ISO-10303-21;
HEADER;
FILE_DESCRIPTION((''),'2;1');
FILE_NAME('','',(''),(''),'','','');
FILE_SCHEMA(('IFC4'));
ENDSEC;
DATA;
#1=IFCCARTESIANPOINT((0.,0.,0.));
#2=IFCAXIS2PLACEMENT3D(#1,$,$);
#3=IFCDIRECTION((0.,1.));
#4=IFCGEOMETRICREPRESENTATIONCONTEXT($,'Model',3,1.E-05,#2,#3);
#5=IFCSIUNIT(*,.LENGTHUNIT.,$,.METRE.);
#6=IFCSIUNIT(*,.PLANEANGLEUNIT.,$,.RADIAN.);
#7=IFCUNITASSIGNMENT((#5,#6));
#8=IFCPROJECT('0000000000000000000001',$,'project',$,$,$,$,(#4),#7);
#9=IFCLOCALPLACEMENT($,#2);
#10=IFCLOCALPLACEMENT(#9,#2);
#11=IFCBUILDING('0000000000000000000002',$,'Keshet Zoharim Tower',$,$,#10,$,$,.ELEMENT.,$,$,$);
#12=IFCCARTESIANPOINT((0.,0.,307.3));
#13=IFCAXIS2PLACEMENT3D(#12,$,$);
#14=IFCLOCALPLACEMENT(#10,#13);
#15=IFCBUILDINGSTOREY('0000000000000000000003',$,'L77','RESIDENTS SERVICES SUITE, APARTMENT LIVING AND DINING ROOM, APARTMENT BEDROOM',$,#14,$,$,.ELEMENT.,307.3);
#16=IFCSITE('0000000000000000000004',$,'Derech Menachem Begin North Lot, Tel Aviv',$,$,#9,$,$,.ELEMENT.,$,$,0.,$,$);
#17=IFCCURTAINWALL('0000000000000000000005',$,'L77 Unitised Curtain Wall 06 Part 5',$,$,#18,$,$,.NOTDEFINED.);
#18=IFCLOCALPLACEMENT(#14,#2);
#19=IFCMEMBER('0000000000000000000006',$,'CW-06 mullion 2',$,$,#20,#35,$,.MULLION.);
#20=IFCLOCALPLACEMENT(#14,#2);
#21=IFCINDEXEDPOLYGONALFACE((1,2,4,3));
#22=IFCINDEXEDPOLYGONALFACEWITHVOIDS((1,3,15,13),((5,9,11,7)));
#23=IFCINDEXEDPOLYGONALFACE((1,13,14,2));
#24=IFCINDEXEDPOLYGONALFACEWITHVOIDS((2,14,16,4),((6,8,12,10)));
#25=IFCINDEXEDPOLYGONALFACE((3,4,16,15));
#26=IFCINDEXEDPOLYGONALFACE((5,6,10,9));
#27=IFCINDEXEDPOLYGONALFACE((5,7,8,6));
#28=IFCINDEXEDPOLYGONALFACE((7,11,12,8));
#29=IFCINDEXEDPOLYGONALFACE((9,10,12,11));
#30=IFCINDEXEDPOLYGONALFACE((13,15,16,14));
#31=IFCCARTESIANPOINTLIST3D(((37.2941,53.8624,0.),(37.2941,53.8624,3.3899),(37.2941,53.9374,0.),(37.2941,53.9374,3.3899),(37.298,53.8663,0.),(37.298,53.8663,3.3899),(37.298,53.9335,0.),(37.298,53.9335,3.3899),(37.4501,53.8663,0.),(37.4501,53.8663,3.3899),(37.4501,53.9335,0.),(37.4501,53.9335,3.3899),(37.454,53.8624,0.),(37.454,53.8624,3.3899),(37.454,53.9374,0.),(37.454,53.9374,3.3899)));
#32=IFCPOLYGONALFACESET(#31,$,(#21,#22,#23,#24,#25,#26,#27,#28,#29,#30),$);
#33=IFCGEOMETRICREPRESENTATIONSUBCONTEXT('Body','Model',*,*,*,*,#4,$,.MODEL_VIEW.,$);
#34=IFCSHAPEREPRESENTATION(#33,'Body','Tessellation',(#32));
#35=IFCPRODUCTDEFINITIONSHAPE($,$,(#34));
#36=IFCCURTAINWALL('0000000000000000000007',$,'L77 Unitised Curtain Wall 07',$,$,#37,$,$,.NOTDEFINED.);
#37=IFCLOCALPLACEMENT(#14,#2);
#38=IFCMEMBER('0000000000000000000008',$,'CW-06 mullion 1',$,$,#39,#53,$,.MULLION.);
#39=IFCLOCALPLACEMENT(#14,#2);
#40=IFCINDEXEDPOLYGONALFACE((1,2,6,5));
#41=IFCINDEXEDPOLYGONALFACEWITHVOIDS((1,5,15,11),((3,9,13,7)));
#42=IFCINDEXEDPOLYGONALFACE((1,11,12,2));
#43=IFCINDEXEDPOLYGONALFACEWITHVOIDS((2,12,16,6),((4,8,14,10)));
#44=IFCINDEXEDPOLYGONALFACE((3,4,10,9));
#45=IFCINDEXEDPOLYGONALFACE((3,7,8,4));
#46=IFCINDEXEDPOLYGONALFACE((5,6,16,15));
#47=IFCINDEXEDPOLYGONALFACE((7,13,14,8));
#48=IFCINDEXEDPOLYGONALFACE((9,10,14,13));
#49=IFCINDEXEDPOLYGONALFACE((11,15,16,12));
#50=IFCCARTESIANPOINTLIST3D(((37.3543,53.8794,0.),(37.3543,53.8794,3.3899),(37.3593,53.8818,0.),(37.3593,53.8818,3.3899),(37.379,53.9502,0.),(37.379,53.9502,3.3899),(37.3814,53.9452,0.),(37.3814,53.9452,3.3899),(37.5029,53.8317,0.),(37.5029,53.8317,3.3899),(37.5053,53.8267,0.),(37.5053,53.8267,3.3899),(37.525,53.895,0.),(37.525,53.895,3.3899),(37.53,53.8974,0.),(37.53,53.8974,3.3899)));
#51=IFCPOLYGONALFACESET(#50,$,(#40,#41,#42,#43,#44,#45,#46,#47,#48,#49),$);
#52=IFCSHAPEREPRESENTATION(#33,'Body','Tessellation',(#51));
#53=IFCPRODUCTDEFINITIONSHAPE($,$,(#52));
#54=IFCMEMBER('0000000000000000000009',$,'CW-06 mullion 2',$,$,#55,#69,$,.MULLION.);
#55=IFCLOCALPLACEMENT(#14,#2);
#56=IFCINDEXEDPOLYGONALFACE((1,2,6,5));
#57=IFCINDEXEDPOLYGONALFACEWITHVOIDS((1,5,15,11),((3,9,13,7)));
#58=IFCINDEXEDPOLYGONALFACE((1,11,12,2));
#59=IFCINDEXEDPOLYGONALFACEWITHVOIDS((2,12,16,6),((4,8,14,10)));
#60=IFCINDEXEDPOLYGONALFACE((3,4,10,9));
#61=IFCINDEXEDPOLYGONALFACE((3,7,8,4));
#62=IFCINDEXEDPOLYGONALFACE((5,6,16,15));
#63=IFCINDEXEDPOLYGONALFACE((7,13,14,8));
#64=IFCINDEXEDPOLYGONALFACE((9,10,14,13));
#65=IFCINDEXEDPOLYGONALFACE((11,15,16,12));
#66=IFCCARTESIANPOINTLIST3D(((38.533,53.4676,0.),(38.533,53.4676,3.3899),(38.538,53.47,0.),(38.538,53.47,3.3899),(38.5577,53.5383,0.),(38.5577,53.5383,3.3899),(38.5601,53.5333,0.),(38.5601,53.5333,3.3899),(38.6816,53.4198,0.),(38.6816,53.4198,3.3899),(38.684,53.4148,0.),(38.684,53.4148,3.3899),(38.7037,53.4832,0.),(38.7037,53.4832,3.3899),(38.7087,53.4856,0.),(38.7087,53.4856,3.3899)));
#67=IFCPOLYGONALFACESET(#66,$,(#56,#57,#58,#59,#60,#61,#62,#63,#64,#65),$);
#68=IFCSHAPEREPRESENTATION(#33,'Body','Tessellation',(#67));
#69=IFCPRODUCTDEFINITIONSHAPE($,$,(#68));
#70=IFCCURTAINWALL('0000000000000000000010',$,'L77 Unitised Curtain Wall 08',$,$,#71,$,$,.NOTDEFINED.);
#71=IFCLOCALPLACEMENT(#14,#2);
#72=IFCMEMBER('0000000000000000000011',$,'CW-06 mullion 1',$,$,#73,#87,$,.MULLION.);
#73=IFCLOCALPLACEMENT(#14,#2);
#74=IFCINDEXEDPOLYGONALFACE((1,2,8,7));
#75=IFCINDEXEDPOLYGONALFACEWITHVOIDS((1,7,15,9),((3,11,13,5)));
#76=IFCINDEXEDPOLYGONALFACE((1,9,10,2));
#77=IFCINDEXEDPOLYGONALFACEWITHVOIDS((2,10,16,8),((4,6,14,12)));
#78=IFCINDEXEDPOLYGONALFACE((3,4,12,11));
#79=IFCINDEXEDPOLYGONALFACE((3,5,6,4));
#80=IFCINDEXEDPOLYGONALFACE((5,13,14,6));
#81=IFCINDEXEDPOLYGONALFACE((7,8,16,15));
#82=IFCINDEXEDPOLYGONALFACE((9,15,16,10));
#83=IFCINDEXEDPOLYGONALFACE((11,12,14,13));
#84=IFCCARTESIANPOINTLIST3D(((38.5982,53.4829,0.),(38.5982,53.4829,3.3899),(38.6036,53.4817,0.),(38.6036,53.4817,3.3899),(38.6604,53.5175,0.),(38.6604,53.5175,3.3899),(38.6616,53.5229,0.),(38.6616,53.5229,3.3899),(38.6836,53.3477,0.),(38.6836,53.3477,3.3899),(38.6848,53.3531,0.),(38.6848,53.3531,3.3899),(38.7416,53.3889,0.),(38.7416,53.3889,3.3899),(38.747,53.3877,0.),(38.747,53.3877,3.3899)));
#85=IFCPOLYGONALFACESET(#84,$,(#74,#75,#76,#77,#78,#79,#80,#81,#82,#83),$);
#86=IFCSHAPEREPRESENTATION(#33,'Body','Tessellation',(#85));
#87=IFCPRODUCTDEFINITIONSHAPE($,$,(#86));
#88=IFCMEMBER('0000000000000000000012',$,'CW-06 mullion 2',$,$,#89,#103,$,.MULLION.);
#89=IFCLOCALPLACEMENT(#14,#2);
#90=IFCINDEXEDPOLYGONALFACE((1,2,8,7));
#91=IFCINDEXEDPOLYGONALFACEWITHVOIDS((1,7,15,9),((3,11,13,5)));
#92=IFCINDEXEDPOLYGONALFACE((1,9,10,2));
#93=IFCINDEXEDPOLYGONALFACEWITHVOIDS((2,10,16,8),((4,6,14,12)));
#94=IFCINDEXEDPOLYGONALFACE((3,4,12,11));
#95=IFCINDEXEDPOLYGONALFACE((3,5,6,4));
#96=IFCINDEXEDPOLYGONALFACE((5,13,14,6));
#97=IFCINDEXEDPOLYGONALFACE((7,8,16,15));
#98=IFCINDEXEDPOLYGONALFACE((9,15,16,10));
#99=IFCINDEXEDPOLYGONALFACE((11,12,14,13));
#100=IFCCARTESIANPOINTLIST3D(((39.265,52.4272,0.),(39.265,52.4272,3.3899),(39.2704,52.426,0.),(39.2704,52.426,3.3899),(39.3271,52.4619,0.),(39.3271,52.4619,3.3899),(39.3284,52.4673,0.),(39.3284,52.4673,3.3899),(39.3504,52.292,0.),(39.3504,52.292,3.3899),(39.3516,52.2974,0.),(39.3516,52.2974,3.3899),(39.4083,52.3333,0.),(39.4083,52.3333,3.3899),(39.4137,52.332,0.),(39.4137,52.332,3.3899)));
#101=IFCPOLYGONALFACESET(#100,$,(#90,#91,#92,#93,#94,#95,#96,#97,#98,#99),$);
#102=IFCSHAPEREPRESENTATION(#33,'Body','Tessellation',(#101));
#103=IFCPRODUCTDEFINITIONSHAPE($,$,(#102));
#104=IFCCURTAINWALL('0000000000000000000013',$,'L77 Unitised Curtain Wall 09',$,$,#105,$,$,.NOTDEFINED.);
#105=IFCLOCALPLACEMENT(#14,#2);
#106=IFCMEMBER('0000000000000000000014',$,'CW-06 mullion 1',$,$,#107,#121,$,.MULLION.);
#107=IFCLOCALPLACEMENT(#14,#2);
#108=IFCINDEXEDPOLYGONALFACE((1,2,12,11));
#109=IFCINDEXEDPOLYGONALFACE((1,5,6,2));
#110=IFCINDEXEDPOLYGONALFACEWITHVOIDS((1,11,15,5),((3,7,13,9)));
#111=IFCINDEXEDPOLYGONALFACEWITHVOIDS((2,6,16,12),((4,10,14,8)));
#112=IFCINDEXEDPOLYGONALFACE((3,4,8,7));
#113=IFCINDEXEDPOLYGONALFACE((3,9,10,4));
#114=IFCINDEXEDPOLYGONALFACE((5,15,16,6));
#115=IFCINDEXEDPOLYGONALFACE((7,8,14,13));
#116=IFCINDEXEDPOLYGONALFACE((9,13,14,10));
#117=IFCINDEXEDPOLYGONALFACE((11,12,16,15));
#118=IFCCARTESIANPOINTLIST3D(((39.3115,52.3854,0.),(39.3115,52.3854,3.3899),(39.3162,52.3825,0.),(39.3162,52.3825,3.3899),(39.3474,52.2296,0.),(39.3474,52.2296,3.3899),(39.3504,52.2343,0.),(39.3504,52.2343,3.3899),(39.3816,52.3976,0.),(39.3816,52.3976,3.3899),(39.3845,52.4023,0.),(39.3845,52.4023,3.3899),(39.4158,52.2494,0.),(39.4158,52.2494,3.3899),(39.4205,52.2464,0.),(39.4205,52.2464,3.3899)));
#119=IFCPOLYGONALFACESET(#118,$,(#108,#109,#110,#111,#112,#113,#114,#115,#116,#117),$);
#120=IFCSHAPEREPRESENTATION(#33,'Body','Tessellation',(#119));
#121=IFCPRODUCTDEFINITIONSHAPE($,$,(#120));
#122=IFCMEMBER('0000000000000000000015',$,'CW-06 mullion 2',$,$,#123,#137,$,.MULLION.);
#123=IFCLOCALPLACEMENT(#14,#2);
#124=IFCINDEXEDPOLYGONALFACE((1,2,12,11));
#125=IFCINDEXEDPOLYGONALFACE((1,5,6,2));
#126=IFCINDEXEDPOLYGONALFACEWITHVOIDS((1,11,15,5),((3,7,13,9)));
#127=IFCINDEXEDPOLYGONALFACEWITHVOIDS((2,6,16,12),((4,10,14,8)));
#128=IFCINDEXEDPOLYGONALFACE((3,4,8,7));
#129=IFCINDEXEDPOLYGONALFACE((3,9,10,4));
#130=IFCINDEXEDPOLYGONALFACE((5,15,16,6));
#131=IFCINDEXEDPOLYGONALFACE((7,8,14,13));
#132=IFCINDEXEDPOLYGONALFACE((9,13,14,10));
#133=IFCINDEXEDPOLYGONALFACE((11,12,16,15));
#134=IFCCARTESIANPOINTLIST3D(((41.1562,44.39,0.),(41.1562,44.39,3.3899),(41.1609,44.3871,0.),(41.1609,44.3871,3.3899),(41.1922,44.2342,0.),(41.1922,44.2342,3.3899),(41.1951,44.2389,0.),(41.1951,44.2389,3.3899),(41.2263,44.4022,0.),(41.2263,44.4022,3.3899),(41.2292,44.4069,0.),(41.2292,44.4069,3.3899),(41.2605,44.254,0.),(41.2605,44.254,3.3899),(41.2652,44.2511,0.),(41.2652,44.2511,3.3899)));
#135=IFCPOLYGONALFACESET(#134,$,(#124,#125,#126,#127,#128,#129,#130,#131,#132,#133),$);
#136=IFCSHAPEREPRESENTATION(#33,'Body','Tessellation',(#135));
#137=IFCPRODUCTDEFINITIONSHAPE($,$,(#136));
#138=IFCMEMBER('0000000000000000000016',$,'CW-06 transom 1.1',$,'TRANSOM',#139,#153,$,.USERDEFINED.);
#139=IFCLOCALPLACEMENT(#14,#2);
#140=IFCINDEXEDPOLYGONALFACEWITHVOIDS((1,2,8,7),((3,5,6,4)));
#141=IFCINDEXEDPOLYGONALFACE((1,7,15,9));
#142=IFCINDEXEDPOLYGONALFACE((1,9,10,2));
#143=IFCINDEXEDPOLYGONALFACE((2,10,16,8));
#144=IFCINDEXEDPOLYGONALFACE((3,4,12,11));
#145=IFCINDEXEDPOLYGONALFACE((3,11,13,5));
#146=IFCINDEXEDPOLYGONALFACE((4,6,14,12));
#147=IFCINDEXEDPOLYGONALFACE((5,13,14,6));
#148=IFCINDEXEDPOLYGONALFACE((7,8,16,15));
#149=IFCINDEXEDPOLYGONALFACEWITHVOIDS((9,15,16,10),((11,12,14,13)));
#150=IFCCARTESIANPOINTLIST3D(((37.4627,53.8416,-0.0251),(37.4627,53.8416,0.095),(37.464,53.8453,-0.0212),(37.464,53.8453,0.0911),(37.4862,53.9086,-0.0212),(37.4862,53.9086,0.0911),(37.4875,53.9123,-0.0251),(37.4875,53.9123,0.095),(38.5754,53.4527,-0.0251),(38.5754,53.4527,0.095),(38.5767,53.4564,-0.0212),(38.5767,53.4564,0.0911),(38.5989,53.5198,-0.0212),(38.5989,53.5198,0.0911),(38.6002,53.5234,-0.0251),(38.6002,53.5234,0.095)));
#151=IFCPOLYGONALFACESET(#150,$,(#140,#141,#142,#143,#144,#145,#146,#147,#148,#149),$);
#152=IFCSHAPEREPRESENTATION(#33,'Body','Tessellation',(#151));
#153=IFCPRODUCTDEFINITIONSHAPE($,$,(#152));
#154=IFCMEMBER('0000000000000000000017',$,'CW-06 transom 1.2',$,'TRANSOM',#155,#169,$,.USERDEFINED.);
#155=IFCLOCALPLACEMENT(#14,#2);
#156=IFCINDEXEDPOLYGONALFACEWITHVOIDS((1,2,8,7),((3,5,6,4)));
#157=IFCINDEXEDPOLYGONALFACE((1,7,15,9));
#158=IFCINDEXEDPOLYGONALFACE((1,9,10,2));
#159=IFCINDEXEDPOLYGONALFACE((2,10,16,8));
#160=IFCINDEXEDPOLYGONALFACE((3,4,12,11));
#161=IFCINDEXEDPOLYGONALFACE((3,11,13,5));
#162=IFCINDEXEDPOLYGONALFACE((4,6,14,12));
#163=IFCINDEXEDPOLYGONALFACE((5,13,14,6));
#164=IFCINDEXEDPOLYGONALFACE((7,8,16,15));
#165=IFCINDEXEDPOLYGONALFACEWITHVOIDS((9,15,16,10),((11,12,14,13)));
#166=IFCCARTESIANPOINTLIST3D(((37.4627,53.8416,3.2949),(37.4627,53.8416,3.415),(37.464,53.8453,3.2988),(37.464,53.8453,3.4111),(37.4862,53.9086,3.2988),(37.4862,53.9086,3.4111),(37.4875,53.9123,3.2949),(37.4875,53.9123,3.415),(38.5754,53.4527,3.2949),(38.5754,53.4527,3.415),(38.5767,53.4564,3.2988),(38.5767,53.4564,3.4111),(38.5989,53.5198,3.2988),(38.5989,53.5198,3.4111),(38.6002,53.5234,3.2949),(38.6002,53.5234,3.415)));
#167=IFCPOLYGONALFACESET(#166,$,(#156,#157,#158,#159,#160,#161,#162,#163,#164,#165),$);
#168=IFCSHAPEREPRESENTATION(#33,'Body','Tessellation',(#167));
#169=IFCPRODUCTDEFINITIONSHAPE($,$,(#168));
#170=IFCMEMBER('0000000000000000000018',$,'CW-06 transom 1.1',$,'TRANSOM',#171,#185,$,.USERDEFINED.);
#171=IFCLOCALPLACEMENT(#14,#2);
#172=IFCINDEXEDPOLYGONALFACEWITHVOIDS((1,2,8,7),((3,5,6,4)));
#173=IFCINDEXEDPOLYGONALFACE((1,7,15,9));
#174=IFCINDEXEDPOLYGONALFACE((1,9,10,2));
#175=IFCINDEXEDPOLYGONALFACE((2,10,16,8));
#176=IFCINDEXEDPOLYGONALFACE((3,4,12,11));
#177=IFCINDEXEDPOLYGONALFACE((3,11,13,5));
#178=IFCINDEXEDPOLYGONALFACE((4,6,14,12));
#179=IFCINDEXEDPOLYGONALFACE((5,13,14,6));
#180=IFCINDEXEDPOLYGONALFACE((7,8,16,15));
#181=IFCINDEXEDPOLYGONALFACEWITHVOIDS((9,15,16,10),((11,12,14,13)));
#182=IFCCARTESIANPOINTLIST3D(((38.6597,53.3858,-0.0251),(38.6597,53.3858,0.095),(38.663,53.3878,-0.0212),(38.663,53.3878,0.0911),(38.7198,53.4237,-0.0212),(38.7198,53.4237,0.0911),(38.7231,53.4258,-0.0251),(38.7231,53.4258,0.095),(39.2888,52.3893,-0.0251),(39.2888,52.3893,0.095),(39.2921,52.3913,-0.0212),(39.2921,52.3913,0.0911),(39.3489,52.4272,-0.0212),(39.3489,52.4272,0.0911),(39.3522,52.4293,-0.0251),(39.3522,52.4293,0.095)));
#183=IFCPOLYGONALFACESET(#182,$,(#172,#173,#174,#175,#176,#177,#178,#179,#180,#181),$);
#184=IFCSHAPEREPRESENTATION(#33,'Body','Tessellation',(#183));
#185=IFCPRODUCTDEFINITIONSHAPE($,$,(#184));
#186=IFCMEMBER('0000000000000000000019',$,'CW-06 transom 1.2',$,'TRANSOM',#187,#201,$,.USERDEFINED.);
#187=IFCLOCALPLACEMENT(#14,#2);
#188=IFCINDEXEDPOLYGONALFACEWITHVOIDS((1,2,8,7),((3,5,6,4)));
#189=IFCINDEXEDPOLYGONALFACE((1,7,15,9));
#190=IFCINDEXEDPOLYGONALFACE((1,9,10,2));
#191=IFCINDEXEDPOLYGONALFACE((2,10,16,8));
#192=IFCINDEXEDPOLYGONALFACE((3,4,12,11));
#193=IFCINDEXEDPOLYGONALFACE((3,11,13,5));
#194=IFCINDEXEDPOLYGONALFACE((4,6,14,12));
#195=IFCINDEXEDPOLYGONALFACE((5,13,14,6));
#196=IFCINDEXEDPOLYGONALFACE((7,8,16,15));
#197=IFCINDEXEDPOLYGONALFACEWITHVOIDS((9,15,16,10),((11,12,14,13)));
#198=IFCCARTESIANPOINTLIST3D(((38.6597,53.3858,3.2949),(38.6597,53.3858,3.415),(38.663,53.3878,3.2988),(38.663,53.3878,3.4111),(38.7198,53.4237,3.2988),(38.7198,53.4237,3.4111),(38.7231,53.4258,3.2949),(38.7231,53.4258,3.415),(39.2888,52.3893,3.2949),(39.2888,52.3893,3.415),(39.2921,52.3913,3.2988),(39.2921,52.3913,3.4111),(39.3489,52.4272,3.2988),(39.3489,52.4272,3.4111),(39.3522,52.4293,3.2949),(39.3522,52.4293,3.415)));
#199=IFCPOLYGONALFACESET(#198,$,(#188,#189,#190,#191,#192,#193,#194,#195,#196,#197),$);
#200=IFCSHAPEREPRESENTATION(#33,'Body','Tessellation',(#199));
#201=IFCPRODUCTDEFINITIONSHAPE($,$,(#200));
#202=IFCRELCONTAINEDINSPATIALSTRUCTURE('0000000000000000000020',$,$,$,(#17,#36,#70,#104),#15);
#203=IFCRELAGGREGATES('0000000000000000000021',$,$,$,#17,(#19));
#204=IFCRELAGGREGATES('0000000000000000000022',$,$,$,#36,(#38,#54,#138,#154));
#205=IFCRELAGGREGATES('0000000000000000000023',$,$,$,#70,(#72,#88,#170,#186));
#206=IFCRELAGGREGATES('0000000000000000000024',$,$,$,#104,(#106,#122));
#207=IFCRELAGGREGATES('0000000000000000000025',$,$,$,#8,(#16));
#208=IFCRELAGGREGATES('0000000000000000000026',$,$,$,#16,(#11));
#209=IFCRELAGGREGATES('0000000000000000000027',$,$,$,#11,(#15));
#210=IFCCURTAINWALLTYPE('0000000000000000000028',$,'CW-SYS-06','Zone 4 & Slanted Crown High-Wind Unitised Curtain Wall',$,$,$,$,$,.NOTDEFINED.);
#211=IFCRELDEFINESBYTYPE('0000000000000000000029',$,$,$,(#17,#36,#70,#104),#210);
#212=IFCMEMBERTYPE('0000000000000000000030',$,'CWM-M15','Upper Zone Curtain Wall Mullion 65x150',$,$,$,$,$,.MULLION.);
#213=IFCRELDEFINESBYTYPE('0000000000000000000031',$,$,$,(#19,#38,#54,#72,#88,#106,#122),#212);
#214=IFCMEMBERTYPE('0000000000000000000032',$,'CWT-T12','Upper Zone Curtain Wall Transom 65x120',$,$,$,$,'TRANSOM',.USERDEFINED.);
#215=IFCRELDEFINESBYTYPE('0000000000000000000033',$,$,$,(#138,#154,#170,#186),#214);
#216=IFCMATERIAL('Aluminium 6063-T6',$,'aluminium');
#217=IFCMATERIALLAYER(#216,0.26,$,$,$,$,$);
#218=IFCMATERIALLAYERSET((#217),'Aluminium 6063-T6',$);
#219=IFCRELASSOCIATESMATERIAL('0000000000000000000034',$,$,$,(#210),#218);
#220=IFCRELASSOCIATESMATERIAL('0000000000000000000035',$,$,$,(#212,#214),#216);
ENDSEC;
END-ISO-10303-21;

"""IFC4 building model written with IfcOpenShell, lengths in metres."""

from ifc_helpers import new_model, si_unit, direction, frame, origin, origin_2d, place, context, subcontext, project, spatial, hollow_rectangle, extrude, material, layer, layer_set, material_profile, profile_set, type_object, element, aggregate, save


model = new_model("IFC4")

# Units and contexts
model_context = context("Model", 3, precision=1e-05, world=origin(), true_north=direction((0.0, 1.0)))
body_context = subcontext(model_context, "Body", "Model", "MODEL_VIEW")
ifc_project = project(units=[si_unit("LENGTHUNIT", "METRE"), si_unit("PLANEANGLEUNIT", "RADIAN")], contexts=[model_context])

# Site, building, storey
site_placement = place(None, origin())
site = spatial("IfcSite", under=ifc_project, at=site_placement, Name="Derech Menachem Begin North Lot, Tel Aviv", CompositionType="ELEMENT", RefElevation=0.0)
building_placement = place(site_placement, origin())
building = spatial("IfcBuilding", under=site, at=building_placement, Name="Keshet Zoharim Tower", CompositionType="ELEMENT")
storey_placement = place(building_placement, frame((0.0, 0.0, 307.3)))
storey = spatial("IfcBuildingStorey", under=building, at=storey_placement, Name="L77", Description="RESIDENTS SERVICES SUITE, APARTMENT LIVING AND DINING ROOM, APARTMENT BEDROOM", CompositionType="ELEMENT", Elevation=307.3)

# Curtain wall, member
ifc_material_1 = material(Name="Aluminium 6063-T6", Category="aluminium")
ifc_layer_1 = layer(ifc_material_1, 0.26)
ifc_layer_set_1 = layer_set([ifc_layer_1], Name="Aluminium 6063-T6")
curtain_wall_type = type_object("IfcCurtainWallType", Name="CW-SYS-06", Description="Zone 4 & Slanted Crown High-Wind Unitised Curtain Wall", PredefinedType="NOTDEFINED", material=ifc_layer_set_1)
curtain_wall_1_placement = place(storey_placement, origin())
curtain_wall_1 = element("IfcCurtainWall", 1, at=curtain_wall_1_placement, inside=storey, type_object=curtain_wall_type, Name="L77 Unitised Curtain Wall 06 Part 5", PredefinedType="NOTDEFINED")
ifc_material_profile_1 = material_profile(ifc_material_1, hollow_rectangle(XDim=0.075, YDim=0.1599, WallThickness=0.0039, at=origin_2d()), Name="MUL-75x160")
ifc_profile_set_1 = profile_set([ifc_material_profile_1], Name="Aluminium 6063-T6")
member_type_1 = type_object("IfcMemberType", Name="CWM-M15", Description="Upper Zone Curtain Wall Mullion 65x150", PredefinedType="MULLION", material=ifc_profile_set_1)
member_1_placement = place(storey_placement, frame((37.374, 53.8999, 0.0), z_axis=(0.0, 0.0, 1.0), x_axis=(0.0, 1.0, 0.0)))
member_1 = element("IfcMember", 2, at=member_1_placement, type_object=member_type_1, Name="CW-06 mullion 2", PredefinedType="MULLION", context=body_context, shape_type="SweptSolid", body=[
    extrude(hollow_rectangle(XDim=0.075, YDim=0.1599, WallThickness=0.0039, at=origin_2d()), origin(), (0.0, 0.0, 1.0), 3.3899),
])
aggregate(curtain_wall_1, [member_1])

# Curtain walls, members
curtain_wall_2_placement = place(storey_placement, origin())
curtain_wall_2 = element("IfcCurtainWall", 3, at=curtain_wall_2_placement, inside=storey, type_object=curtain_wall_type, Name="L77 Unitised Curtain Wall 07", PredefinedType="NOTDEFINED")
member_2_placement = place(storey_placement, frame((37.4421, 53.8884, 0.0), z_axis=(0.0, 0.0, 1.0), x_axis=(0.329844, 0.944036, 0.0)))
member_2 = element("IfcMember", 4, at=member_2_placement, type_object=member_type_1, Name="CW-06 mullion 1", PredefinedType="MULLION", context=body_context, shape_type="SweptSolid", body=[
    extrude(hollow_rectangle(XDim=0.075, YDim=0.1599, WallThickness=0.0039, at=origin_2d()), origin(), (0.0, 0.0, 1.0), 3.3899),
])
member_3_placement = place(storey_placement, frame((38.6208, 53.4766, 0.0), z_axis=(0.0, 0.0, 1.0), x_axis=(0.329844, 0.944036, 0.0)))
member_3 = element("IfcMember", 5, at=member_3_placement, type_object=member_type_1, Name="CW-06 mullion 2", PredefinedType="MULLION", context=body_context, shape_type="SweptSolid", body=[
    extrude(hollow_rectangle(XDim=0.075, YDim=0.1599, WallThickness=0.0039, at=origin_2d()), origin(), (0.0, 0.0, 1.0), 3.3899),
])
curtain_wall_3_placement = place(storey_placement, origin())
curtain_wall_3 = element("IfcCurtainWall", 6, at=curtain_wall_3_placement, inside=storey, type_object=curtain_wall_type, Name="L77 Unitised Curtain Wall 08", PredefinedType="NOTDEFINED")
member_4_placement = place(storey_placement, frame((38.6726, 53.4353, 0.0), z_axis=(0.0, 0.0, 1.0), x_axis=(0.845561, 0.533879, 0.0)))
member_4 = element("IfcMember", 7, at=member_4_placement, type_object=member_type_1, Name="CW-06 mullion 1", PredefinedType="MULLION", context=body_context, shape_type="SweptSolid", body=[
    extrude(hollow_rectangle(XDim=0.075, YDim=0.1599, WallThickness=0.0039, at=origin_2d()), origin(), (0.0, 0.0, 1.0), 3.3899),
])
member_5_placement = place(storey_placement, frame((39.3394, 52.3796, 0.0), z_axis=(0.0, 0.0, 1.0), x_axis=(0.845561, 0.533879, 0.0)))
member_5 = element("IfcMember", 8, at=member_5_placement, type_object=member_type_1, Name="CW-06 mullion 2", PredefinedType="MULLION", context=body_context, shape_type="SweptSolid", body=[
    extrude(hollow_rectangle(XDim=0.075, YDim=0.1599, WallThickness=0.0039, at=origin_2d()), origin(), (0.0, 0.0, 1.0), 3.3899),
])
curtain_wall_4_placement = place(storey_placement, origin())
curtain_wall_4 = element("IfcCurtainWall", 9, at=curtain_wall_4_placement, inside=storey, type_object=curtain_wall_type, Name="L77 Unitised Curtain Wall 09", PredefinedType="NOTDEFINED")
member_6_placement = place(storey_placement, frame((39.366, 52.3159, 0.0), z_axis=(0.0, 0.0, 1.0), x_axis=(0.974398, 0.22483, 0.0)))
member_6 = element("IfcMember", 10, at=member_6_placement, type_object=member_type_1, Name="CW-06 mullion 1", PredefinedType="MULLION", context=body_context, shape_type="SweptSolid", body=[
    extrude(hollow_rectangle(XDim=0.075, YDim=0.1599, WallThickness=0.0039, at=origin_2d()), origin(), (0.0, 0.0, 1.0), 3.3899),
])
member_7_placement = place(storey_placement, frame((41.2107, 44.3206, 0.0), z_axis=(0.0, 0.0, 1.0), x_axis=(0.974398, 0.22483, 0.0)))
member_7 = element("IfcMember", 11, at=member_7_placement, type_object=member_type_1, Name="CW-06 mullion 2", PredefinedType="MULLION", context=body_context, shape_type="SweptSolid", body=[
    extrude(hollow_rectangle(XDim=0.075, YDim=0.1599, WallThickness=0.0039, at=origin_2d()), origin(), (0.0, 0.0, 1.0), 3.3899),
])

# Members
ifc_material_profile_2 = material_profile(ifc_material_1, hollow_rectangle(XDim=0.075, YDim=0.1201, WallThickness=0.0039, at=origin_2d()), Name="TRN-75x120")
ifc_profile_set_2 = profile_set([ifc_material_profile_2], Name="Aluminium 6063-T6")
member_type_2 = type_object("IfcMemberType", Name="CWT-T12", Description="Upper Zone Curtain Wall Transom 65x120", ElementType="TRANSOM", PredefinedType="USERDEFINED", material=ifc_profile_set_2)
member_8_placement = place(storey_placement, frame((37.4751, 53.877, 0.0349), z_axis=(0.944007, -0.329926, 0.0), x_axis=(0.329926, 0.944007, 0.0)))
member_8 = element("IfcMember", 12, at=member_8_placement, type_object=member_type_2, Name="CW-06 transom 1.1", ObjectType="TRANSOM", PredefinedType="USERDEFINED", context=body_context, shape_type="SweptSolid", body=[
    extrude(hollow_rectangle(XDim=0.075, YDim=0.1201, WallThickness=0.0039, at=origin_2d()), origin(), (0.0, 0.0, 1.0), 1.1787),
])
member_9_placement = place(storey_placement, frame((37.4751, 53.877, 3.355), z_axis=(0.944007, -0.329926, 0.0), x_axis=(0.329926, 0.944007, 0.0)))
member_9 = element("IfcMember", 13, at=member_9_placement, type_object=member_type_2, Name="CW-06 transom 1.2", ObjectType="TRANSOM", PredefinedType="USERDEFINED", context=body_context, shape_type="SweptSolid", body=[
    extrude(hollow_rectangle(XDim=0.075, YDim=0.1201, WallThickness=0.0039, at=origin_2d()), origin(), (0.0, 0.0, 1.0), 1.1787),
])
member_10_placement = place(storey_placement, frame((38.6914, 53.4058, 0.0349), z_axis=(0.533829, -0.845592, 0.0), x_axis=(0.845592, 0.533829, 0.0)))
member_10 = element("IfcMember", 14, at=member_10_placement, type_object=member_type_2, Name="CW-06 transom 1.1", ObjectType="TRANSOM", PredefinedType="USERDEFINED", context=body_context, shape_type="SweptSolid", body=[
    extrude(hollow_rectangle(XDim=0.075, YDim=0.1201, WallThickness=0.0039, at=origin_2d()), origin(), (0.0, 0.0, 1.0), 1.1785),
])
member_11_placement = place(storey_placement, frame((38.6914, 53.4058, 3.355), z_axis=(0.533829, -0.845592, 0.0), x_axis=(0.845592, 0.533829, 0.0)))
member_11 = element("IfcMember", 15, at=member_11_placement, type_object=member_type_2, Name="CW-06 transom 1.2", ObjectType="TRANSOM", PredefinedType="USERDEFINED", context=body_context, shape_type="SweptSolid", body=[
    extrude(hollow_rectangle(XDim=0.075, YDim=0.1201, WallThickness=0.0039, at=origin_2d()), origin(), (0.0, 0.0, 1.0), 1.1785),
])

aggregate(curtain_wall_2, [member_2, member_3, member_8, member_9])
aggregate(curtain_wall_3, [member_4, member_5, member_10, member_11])
aggregate(curtain_wall_4, [member_6, member_7])

save(model, "model.ifc")
